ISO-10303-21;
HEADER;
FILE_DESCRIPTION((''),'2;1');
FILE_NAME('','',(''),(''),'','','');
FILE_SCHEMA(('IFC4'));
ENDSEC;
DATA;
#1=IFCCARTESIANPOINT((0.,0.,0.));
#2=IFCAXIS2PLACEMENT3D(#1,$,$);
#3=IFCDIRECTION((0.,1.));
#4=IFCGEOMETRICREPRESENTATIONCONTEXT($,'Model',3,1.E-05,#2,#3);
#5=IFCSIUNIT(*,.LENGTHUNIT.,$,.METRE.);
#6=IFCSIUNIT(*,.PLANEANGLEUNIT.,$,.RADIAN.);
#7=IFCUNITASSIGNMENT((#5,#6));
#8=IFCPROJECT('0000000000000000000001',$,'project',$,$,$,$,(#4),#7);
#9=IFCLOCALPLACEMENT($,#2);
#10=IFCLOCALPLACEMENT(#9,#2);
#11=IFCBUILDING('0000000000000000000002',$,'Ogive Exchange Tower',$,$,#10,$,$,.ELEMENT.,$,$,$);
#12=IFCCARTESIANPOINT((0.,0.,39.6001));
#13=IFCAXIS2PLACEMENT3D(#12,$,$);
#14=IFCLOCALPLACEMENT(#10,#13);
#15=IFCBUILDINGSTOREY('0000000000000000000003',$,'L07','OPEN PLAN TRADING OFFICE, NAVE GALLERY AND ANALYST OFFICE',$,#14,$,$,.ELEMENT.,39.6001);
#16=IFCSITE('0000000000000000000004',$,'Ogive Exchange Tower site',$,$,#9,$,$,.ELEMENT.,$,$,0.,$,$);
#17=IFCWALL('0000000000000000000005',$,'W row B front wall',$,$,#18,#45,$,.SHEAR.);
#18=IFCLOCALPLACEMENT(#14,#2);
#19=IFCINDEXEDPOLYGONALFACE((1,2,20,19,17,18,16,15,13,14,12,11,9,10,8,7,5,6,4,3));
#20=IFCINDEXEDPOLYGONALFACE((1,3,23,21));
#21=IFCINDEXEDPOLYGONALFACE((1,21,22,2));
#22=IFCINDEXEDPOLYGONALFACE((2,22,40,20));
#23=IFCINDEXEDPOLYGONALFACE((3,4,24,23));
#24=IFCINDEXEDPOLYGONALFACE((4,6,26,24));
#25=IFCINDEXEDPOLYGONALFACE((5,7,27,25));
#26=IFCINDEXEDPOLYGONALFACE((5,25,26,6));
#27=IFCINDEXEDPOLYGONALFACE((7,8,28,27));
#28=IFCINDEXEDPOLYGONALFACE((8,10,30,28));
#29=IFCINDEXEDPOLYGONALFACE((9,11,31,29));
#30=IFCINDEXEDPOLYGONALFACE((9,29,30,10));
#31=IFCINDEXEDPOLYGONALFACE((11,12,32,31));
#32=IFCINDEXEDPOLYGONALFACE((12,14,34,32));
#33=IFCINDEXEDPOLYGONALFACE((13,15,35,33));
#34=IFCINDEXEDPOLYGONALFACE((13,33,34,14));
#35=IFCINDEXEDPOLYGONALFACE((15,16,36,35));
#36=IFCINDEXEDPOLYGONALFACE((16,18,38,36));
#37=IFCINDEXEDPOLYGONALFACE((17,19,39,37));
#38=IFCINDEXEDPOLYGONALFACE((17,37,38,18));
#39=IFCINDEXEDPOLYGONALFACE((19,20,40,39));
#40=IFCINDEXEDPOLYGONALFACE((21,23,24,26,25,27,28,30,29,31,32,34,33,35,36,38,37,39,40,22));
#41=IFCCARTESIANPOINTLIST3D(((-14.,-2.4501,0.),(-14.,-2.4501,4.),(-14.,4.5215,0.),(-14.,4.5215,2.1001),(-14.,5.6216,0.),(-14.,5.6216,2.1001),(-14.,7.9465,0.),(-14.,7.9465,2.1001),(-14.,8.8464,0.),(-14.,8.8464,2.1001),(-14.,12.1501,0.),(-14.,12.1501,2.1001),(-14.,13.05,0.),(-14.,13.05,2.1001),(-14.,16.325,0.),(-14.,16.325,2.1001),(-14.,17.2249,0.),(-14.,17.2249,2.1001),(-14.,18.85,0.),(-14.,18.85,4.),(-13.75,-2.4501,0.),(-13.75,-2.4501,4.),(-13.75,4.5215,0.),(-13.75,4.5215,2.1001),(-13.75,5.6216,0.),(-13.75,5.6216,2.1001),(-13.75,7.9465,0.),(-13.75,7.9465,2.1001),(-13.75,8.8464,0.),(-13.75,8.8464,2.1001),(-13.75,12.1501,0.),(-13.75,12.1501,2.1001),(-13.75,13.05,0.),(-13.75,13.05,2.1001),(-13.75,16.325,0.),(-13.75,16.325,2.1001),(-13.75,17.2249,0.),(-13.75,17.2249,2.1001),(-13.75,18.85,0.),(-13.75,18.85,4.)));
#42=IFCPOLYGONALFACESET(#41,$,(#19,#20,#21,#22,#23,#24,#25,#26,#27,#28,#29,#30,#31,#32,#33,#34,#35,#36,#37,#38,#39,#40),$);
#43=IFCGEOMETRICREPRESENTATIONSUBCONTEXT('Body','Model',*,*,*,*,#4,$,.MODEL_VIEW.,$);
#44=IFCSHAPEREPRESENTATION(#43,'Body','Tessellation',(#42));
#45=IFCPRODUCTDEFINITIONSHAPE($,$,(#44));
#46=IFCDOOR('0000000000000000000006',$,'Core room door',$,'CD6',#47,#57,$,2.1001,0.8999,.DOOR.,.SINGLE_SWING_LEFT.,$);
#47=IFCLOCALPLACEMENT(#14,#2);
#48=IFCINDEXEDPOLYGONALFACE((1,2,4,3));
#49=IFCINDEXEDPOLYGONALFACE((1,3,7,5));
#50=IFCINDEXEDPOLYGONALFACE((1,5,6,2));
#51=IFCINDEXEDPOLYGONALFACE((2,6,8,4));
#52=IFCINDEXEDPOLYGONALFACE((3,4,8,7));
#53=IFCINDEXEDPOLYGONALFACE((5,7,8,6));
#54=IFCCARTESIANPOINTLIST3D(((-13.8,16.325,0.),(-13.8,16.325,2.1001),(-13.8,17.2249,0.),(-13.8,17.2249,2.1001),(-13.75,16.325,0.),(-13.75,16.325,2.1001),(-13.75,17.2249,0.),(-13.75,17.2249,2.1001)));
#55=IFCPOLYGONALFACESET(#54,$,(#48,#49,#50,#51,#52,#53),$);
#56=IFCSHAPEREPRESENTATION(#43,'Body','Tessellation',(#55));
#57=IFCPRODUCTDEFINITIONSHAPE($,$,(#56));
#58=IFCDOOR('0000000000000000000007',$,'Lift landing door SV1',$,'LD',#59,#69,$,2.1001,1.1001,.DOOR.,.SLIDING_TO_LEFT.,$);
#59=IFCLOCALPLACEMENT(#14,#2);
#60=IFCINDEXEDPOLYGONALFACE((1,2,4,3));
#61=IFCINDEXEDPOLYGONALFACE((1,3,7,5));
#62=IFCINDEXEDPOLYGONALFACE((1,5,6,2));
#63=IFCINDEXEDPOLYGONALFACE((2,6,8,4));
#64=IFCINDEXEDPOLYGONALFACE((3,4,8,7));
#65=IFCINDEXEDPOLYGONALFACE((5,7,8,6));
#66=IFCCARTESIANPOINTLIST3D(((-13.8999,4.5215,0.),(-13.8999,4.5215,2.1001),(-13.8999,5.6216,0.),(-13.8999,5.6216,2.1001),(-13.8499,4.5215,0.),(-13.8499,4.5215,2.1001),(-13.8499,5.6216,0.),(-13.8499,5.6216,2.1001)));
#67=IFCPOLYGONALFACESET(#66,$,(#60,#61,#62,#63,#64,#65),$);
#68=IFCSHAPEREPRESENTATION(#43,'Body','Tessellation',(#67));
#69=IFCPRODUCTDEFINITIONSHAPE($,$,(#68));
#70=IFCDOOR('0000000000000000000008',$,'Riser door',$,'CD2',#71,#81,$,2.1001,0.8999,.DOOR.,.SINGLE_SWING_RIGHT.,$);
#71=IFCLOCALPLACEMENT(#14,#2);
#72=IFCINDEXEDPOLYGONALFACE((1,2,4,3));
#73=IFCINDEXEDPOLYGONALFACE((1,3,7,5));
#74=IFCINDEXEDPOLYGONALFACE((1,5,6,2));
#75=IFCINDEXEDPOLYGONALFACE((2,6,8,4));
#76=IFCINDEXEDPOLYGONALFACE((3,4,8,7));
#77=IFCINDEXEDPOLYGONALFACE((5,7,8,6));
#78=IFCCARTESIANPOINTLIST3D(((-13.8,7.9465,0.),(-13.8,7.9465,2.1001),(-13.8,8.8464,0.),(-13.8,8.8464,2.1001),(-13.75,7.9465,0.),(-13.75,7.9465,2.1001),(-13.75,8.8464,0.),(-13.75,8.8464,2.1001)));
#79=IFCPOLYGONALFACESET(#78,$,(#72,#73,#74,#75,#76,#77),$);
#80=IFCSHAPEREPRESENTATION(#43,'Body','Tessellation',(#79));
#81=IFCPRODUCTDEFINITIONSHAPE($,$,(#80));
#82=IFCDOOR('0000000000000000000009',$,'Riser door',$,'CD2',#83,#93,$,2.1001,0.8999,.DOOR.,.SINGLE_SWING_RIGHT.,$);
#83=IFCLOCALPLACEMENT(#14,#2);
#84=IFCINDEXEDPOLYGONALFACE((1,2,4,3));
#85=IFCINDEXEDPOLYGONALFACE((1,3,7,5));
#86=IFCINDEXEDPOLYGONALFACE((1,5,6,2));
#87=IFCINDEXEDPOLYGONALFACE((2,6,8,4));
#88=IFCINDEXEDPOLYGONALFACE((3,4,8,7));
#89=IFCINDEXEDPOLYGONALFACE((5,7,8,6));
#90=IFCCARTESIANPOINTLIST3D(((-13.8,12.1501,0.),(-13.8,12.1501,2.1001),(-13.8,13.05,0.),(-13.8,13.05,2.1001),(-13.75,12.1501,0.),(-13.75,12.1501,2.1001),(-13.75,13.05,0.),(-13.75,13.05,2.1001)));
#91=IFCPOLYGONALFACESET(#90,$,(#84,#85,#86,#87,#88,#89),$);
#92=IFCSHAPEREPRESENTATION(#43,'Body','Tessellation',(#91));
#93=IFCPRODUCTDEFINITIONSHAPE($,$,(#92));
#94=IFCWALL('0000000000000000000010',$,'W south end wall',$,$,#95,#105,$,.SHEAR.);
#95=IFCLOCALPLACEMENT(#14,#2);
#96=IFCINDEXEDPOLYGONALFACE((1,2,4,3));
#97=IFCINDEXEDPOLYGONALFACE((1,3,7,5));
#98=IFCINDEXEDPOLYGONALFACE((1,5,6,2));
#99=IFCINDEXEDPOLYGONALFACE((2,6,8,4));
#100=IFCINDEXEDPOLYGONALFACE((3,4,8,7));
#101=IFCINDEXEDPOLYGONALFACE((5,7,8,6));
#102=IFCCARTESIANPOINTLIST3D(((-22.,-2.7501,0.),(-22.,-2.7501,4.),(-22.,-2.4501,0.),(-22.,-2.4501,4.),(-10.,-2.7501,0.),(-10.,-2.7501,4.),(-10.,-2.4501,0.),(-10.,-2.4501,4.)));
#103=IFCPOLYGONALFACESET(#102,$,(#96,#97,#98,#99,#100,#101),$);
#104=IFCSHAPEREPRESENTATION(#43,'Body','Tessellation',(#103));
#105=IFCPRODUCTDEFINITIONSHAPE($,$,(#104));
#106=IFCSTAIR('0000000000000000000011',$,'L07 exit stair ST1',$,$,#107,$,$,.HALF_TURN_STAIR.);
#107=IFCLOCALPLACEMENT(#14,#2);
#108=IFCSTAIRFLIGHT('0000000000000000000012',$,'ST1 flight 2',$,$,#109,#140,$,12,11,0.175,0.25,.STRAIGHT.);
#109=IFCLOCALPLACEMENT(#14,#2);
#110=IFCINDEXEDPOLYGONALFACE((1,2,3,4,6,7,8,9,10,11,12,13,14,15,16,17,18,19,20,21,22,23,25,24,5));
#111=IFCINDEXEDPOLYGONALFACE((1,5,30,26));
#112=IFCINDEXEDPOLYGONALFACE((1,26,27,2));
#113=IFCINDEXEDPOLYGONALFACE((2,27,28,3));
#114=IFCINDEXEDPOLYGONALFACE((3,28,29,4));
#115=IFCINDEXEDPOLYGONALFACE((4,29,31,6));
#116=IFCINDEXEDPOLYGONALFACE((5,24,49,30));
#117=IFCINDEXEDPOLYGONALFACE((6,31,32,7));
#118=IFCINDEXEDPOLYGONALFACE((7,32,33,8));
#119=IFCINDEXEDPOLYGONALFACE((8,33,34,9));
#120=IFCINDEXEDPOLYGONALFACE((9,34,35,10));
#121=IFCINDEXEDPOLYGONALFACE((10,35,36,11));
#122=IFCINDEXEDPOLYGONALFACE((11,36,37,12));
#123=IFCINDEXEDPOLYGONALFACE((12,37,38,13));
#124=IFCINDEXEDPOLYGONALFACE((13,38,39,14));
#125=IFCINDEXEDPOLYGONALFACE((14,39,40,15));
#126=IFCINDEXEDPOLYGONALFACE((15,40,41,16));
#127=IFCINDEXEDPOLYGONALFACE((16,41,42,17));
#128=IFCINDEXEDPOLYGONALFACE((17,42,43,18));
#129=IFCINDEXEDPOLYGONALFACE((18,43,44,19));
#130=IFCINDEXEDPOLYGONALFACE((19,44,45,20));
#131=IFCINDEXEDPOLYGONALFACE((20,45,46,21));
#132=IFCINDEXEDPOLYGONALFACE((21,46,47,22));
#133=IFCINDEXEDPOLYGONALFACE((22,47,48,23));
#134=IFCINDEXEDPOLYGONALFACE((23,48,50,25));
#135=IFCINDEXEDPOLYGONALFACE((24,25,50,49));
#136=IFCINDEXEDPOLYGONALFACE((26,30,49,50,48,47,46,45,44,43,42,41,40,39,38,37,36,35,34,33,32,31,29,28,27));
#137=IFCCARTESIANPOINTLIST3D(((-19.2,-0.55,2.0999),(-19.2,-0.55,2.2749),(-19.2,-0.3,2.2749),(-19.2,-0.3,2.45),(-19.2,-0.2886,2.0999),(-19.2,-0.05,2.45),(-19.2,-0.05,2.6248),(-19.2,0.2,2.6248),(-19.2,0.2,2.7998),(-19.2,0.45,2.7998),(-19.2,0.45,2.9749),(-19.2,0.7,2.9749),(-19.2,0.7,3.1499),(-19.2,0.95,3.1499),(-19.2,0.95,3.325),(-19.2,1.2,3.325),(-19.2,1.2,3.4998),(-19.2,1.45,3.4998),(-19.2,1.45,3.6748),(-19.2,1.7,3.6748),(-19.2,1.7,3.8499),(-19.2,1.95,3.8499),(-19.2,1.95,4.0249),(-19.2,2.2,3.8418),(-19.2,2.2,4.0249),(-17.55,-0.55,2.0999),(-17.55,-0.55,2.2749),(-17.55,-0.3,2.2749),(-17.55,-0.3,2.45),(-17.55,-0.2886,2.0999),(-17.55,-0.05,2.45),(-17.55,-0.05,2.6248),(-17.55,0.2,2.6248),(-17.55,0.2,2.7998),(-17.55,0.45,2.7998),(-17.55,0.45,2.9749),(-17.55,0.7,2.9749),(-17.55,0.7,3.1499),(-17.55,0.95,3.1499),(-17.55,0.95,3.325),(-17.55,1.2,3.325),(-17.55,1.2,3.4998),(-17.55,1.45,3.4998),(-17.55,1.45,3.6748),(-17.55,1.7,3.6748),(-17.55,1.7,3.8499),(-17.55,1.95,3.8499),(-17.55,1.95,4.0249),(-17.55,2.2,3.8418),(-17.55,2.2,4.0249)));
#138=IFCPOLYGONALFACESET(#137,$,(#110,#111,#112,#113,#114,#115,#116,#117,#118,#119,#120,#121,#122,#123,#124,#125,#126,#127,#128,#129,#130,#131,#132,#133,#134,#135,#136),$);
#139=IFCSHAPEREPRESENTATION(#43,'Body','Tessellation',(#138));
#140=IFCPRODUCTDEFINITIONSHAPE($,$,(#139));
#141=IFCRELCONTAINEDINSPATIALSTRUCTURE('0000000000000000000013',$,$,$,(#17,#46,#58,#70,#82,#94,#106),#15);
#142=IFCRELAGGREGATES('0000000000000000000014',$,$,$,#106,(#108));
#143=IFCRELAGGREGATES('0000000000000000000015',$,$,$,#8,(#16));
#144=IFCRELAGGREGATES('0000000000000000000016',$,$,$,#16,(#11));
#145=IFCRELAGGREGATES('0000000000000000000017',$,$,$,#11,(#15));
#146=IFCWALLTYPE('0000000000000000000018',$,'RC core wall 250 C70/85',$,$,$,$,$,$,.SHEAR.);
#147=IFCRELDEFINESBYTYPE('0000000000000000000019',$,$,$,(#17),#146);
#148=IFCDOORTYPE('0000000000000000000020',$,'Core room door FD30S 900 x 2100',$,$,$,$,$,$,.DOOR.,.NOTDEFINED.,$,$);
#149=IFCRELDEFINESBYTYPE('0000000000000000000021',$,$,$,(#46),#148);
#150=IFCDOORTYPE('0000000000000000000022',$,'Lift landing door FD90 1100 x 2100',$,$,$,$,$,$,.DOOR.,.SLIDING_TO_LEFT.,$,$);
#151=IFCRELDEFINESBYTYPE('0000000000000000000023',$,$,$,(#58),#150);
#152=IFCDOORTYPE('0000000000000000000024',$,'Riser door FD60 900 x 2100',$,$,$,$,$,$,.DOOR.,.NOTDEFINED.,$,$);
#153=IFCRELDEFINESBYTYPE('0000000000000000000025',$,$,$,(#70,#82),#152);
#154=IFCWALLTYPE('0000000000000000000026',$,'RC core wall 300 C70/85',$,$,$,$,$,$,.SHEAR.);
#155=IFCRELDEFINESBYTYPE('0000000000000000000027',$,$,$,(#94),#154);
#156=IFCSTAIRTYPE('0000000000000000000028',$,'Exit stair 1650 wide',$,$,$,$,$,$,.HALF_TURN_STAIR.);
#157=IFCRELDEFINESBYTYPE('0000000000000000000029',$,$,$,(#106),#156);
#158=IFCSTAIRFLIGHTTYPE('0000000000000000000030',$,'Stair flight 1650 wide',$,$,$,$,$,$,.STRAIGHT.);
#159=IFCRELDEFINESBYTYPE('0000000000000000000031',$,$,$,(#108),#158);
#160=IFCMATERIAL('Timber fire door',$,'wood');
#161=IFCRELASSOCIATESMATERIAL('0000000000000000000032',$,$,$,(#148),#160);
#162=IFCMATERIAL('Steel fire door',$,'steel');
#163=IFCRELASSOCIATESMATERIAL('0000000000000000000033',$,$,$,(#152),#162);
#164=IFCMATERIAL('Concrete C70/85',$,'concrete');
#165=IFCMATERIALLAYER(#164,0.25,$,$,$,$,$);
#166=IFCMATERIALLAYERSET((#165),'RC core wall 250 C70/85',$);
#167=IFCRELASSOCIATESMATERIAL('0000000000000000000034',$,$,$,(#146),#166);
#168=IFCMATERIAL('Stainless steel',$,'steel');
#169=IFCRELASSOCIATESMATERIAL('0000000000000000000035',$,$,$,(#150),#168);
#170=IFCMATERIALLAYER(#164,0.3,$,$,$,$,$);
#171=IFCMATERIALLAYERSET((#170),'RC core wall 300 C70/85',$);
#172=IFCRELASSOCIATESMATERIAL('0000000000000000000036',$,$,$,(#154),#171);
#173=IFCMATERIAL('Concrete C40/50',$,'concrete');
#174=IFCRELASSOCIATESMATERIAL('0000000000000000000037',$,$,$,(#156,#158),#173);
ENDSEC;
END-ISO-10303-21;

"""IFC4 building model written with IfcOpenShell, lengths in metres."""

from ifc_helpers import new_model, si_unit, direction, frame, frame_2d, origin, place, context, subcontext, project, spatial, polyline, rectangle, outline, extrude, material, layer, layer_set, type_object, element, fill, aggregate, save


model = new_model("IFC4")

# Units and contexts
model_context = context("Model", 3, precision=1e-05, world=origin(), true_north=direction((0.0, 1.0)))
body_context = subcontext(model_context, "Body", "Model", "MODEL_VIEW")
ifc_project = project(units=[si_unit("LENGTHUNIT", "METRE"), si_unit("PLANEANGLEUNIT", "RADIAN")], contexts=[model_context])

# Site, building, storey
site_placement = place(None, origin())
site = spatial("IfcSite", under=ifc_project, at=site_placement, Name="Ogive Exchange Tower site", CompositionType="ELEMENT", RefElevation=0.0)
building_placement = place(site_placement, origin())
building = spatial("IfcBuilding", under=site, at=building_placement, Name="Ogive Exchange Tower", CompositionType="ELEMENT")
storey_placement = place(building_placement, frame((0.0, 0.0, 39.6001)))
storey = spatial("IfcBuildingStorey", under=building, at=storey_placement, Name="L07", Description="OPEN PLAN TRADING OFFICE, NAVE GALLERY AND ANALYST OFFICE", CompositionType="ELEMENT", Elevation=39.6001)

# Shared definitions
ifc_material_1 = material(Name="Concrete C70/85", Category="concrete")
ifc_material_2 = material(Name="Steel fire door", Category="steel")
ifc_material_3 = material(Name="Timber fire door", Category="wood")
door_type_1 = type_object("IfcDoorType", Name="Core room door FD30S 900 x 2100", OperationType="NOTDEFINED", PredefinedType="DOOR", material=ifc_material_3)
door_type_2 = type_object("IfcDoorType", Name="Riser door FD60 900 x 2100", OperationType="NOTDEFINED", PredefinedType="DOOR", material=ifc_material_2)

# Shared definitions
ifc_layer_1 = layer(ifc_material_1, 0.25)
ifc_layer_set_1 = layer_set([ifc_layer_1], Name="RC core wall 250 C70/85")
wall_type_1 = type_object("IfcWallType", Name="RC core wall 250 C70/85", PredefinedType="SHEAR", material=ifc_layer_set_1)

# Wall, openings, doors
wall_1_placement = place(storey_placement, frame((-13.875, -2.45, 0.0), z_axis=(0.0, 0.0, 1.0), x_axis=(0.0, 1.0, 0.0)))
wall_1 = element("IfcWall", 1, at=wall_1_placement, inside=storey, type_object=wall_type_1, Name="W row B front wall", PredefinedType="SHEAR", context=body_context, shape_type="SweptSolid", body=[
    extrude(rectangle(XDim=21.3, YDim=0.25, at=frame_2d((10.6499, 0.0))), origin(), (0.0, 0.0, 1.0), 4.0),
])
opening_1_placement = place(wall_1_placement, frame((10.3965, 0.0, 0.0)))
opening_1 = element("IfcOpeningElement", 2, at=opening_1_placement, cuts=wall_1, PredefinedType="OPENING", context=body_context, shape_type="SweptSolid", body=[
    extrude(rectangle(XDim=0.8999, YDim=2.1001, at=frame_2d((0.45, 1.05))), frame((0.0, 0.135, 0.0), z_axis=(0.0, -1.0, 0.0), x_axis=(1.0, 0.0, 0.0)), (0.0, 0.0, 1.0), 0.27),
])
opening_2_placement = place(wall_1_placement, frame((14.6001, 0.0, 0.0)))
opening_2 = element("IfcOpeningElement", 3, at=opening_2_placement, cuts=wall_1, PredefinedType="OPENING", context=body_context, shape_type="SweptSolid", body=[
    extrude(rectangle(XDim=0.8999, YDim=2.1001, at=frame_2d((0.45, 1.05))), frame((0.0, 0.135, 0.0), z_axis=(0.0, -1.0, 0.0), x_axis=(1.0, 0.0, 0.0)), (0.0, 0.0, 1.0), 0.27),
])
opening_3_placement = place(wall_1_placement, frame((18.7749, 0.0, 0.0)))
opening_3 = element("IfcOpeningElement", 4, at=opening_3_placement, cuts=wall_1, PredefinedType="OPENING", context=body_context, shape_type="SweptSolid", body=[
    extrude(rectangle(XDim=0.8999, YDim=2.1001, at=frame_2d((0.45, 1.05))), frame((0.0, 0.135, 0.0), z_axis=(0.0, -1.0, 0.0), x_axis=(1.0, 0.0, 0.0)), (0.0, 0.0, 1.0), 0.27),
])
opening_4_placement = place(wall_1_placement, frame((6.9714, 0.0, 0.0)))
opening_4 = element("IfcOpeningElement", 5, at=opening_4_placement, cuts=wall_1, PredefinedType="OPENING", context=body_context, shape_type="SweptSolid", body=[
    extrude(rectangle(XDim=1.1001, YDim=2.1001, at=frame_2d((0.55, 1.05))), frame((0.0, 0.135, 0.0), z_axis=(0.0, -1.0, 0.0), x_axis=(1.0, 0.0, 0.0)), (0.0, 0.0, 1.0), 0.27),
])
door_1_placement = place(opening_3_placement, frame((0.8999, -0.2002, 0.0), z_axis=(0.0, 0.0, 1.0), x_axis=(-1.0, 0.0, 0.0)))
door_1 = element("IfcDoor", 6, at=door_1_placement, inside=storey, type_object=door_type_1, Name="Core room door", ObjectType="CD6", OperationType="SINGLE_SWING_LEFT", OverallHeight=2.1001, OverallWidth=0.8999, PredefinedType="DOOR", context=body_context, shape_type="SweptSolid", body=[
    extrude(rectangle(XDim=0.8999, YDim=2.1001, at=frame_2d((0.45, 1.05))), frame((0.0, -0.0752, 0.0), z_axis=(0.0, -1.0, 0.0), x_axis=(1.0, 0.0, 0.0)), (0.0, 0.0, 1.0), 0.05),
])
fill(opening_3, door_1)
ifc_material_4 = material(Name="Stainless steel", Category="steel")
door_type_3 = type_object("IfcDoorType", Name="Lift landing door FD90 1100 x 2100", OperationType="SLIDING_TO_LEFT", PredefinedType="DOOR", material=ifc_material_4)
door_2_placement = place(opening_4_placement, origin())
door_2 = element("IfcDoor", 7, at=door_2_placement, inside=storey, type_object=door_type_3, Name="Lift landing door SV1", ObjectType="LD", OperationType="SLIDING_TO_LEFT", OverallHeight=2.1001, OverallWidth=1.1001, PredefinedType="DOOR", context=body_context, shape_type="SweptSolid", body=[
    extrude(rectangle(XDim=1.1001, YDim=2.1001, at=frame_2d((0.55, 1.05))), frame((0.0, 0.0249, 0.0), z_axis=(0.0, -1.0, 0.0), x_axis=(1.0, 0.0, 0.0)), (0.0, 0.0, 1.0), 0.05),
])
fill(opening_4, door_2)
door_3_placement = place(opening_1_placement, frame((0.8999, -0.2002, 0.0), z_axis=(0.0, 0.0, 1.0), x_axis=(-1.0, 0.0, 0.0)))
door_3 = element("IfcDoor", 8, at=door_3_placement, inside=storey, type_object=door_type_2, Name="Riser door", ObjectType="CD2", OperationType="SINGLE_SWING_RIGHT", OverallHeight=2.1001, OverallWidth=0.8999, PredefinedType="DOOR", context=body_context, shape_type="SweptSolid", body=[
    extrude(rectangle(XDim=0.8999, YDim=2.1001, at=frame_2d((0.45, 1.05))), frame((0.0, -0.0752, 0.0), z_axis=(0.0, -1.0, 0.0), x_axis=(1.0, 0.0, 0.0)), (0.0, 0.0, 1.0), 0.05),
])
fill(opening_1, door_3)
door_4_placement = place(opening_2_placement, frame((0.8999, -0.2002, 0.0), z_axis=(0.0, 0.0, 1.0), x_axis=(-1.0, 0.0, 0.0)))
door_4 = element("IfcDoor", 9, at=door_4_placement, inside=storey, type_object=door_type_2, Name="Riser door", ObjectType="CD2", OperationType="SINGLE_SWING_RIGHT", OverallHeight=2.1001, OverallWidth=0.8999, PredefinedType="DOOR", context=body_context, shape_type="SweptSolid", body=[
    extrude(rectangle(XDim=0.8999, YDim=2.1001, at=frame_2d((0.45, 1.05))), frame((0.0, -0.0752, 0.0), z_axis=(0.0, -1.0, 0.0), x_axis=(1.0, 0.0, 0.0)), (0.0, 0.0, 1.0), 0.05),
])
fill(opening_2, door_4)

# Wall
ifc_layer_2 = layer(ifc_material_1, 0.3)
ifc_layer_set_2 = layer_set([ifc_layer_2], Name="RC core wall 300 C70/85")
wall_type_2 = type_object("IfcWallType", Name="RC core wall 300 C70/85", PredefinedType="SHEAR", material=ifc_layer_set_2)
wall_2_placement = place(storey_placement, frame((-22.0, -2.6001, 0.0), z_axis=(0.0, 0.0, 1.0), x_axis=(1.0, 0.0, 0.0)))
element("IfcWall", 10, at=wall_2_placement, inside=storey, type_object=wall_type_2, Name="W south end wall", PredefinedType="SHEAR", context=body_context, shape_type="SweptSolid", body=[
    extrude(rectangle(XDim=12.0, YDim=0.3, at=frame_2d((6.0, 0.0))), origin(), (0.0, 0.0, 1.0), 4.0),
])

# Stair, stair flight
ifc_material_5 = material(Name="Concrete C40/50", Category="concrete")
stair_type = type_object("IfcStairType", Name="Exit stair 1650 wide", PredefinedType="HALF_TURN_STAIR", material=ifc_material_5)
stair_placement = place(storey_placement, origin())
stair = element("IfcStair", 11, at=stair_placement, inside=storey, type_object=stair_type, Name="L07 exit stair ST1", PredefinedType="HALF_TURN_STAIR")
stair_flight_type = type_object("IfcStairFlightType", Name="Stair flight 1650 wide", PredefinedType="STRAIGHT", material=ifc_material_5)
stair_flight_placement = place(storey_placement, frame((-18.375, -0.55, 2.0999), z_axis=(0.0, 0.0, 1.0), x_axis=(0.0, 1.0, 0.0)))
stair_flight = element("IfcStairFlight", 12, at=stair_flight_placement, type_object=stair_flight_type, Name="ST1 flight 2", NumberOfRisers=12, NumberOfTreads=11, PredefinedType="STRAIGHT", RiserHeight=0.175, TreadLength=0.25, context=body_context, shape_type="SweptSolid", body=[
    extrude(outline(polyline([(0.0, 0.0), (0.0, 0.175), (0.25, 0.175), (0.25, 0.3501), (0.5, 0.3501), (0.5, 0.5249), (0.75, 0.5249), (0.75, 0.7), (1.0, 0.7), (1.0, 0.875), (1.25, 0.875), (1.25, 1.05), (1.5, 1.05), (1.5, 1.2251), (1.75, 1.2251), (1.75, 1.3999), (2.0, 1.3999), (2.0, 1.575), (2.25, 1.575), (2.25, 1.75), (2.5, 1.75), (2.5, 1.925), (2.75, 1.925), (2.75, 2.1001), (2.75, 1.7419), (0.2615, 0.0), (0.0, 0.0)])), frame((0.0, 0.825, 0.0), z_axis=(0.0, -1.0, 0.0), x_axis=(1.0, 0.0, 0.0)), (0.0, 0.0, 1.0), 1.6499),
])
aggregate(stair, [stair_flight])

save(model, "model.ifc")
